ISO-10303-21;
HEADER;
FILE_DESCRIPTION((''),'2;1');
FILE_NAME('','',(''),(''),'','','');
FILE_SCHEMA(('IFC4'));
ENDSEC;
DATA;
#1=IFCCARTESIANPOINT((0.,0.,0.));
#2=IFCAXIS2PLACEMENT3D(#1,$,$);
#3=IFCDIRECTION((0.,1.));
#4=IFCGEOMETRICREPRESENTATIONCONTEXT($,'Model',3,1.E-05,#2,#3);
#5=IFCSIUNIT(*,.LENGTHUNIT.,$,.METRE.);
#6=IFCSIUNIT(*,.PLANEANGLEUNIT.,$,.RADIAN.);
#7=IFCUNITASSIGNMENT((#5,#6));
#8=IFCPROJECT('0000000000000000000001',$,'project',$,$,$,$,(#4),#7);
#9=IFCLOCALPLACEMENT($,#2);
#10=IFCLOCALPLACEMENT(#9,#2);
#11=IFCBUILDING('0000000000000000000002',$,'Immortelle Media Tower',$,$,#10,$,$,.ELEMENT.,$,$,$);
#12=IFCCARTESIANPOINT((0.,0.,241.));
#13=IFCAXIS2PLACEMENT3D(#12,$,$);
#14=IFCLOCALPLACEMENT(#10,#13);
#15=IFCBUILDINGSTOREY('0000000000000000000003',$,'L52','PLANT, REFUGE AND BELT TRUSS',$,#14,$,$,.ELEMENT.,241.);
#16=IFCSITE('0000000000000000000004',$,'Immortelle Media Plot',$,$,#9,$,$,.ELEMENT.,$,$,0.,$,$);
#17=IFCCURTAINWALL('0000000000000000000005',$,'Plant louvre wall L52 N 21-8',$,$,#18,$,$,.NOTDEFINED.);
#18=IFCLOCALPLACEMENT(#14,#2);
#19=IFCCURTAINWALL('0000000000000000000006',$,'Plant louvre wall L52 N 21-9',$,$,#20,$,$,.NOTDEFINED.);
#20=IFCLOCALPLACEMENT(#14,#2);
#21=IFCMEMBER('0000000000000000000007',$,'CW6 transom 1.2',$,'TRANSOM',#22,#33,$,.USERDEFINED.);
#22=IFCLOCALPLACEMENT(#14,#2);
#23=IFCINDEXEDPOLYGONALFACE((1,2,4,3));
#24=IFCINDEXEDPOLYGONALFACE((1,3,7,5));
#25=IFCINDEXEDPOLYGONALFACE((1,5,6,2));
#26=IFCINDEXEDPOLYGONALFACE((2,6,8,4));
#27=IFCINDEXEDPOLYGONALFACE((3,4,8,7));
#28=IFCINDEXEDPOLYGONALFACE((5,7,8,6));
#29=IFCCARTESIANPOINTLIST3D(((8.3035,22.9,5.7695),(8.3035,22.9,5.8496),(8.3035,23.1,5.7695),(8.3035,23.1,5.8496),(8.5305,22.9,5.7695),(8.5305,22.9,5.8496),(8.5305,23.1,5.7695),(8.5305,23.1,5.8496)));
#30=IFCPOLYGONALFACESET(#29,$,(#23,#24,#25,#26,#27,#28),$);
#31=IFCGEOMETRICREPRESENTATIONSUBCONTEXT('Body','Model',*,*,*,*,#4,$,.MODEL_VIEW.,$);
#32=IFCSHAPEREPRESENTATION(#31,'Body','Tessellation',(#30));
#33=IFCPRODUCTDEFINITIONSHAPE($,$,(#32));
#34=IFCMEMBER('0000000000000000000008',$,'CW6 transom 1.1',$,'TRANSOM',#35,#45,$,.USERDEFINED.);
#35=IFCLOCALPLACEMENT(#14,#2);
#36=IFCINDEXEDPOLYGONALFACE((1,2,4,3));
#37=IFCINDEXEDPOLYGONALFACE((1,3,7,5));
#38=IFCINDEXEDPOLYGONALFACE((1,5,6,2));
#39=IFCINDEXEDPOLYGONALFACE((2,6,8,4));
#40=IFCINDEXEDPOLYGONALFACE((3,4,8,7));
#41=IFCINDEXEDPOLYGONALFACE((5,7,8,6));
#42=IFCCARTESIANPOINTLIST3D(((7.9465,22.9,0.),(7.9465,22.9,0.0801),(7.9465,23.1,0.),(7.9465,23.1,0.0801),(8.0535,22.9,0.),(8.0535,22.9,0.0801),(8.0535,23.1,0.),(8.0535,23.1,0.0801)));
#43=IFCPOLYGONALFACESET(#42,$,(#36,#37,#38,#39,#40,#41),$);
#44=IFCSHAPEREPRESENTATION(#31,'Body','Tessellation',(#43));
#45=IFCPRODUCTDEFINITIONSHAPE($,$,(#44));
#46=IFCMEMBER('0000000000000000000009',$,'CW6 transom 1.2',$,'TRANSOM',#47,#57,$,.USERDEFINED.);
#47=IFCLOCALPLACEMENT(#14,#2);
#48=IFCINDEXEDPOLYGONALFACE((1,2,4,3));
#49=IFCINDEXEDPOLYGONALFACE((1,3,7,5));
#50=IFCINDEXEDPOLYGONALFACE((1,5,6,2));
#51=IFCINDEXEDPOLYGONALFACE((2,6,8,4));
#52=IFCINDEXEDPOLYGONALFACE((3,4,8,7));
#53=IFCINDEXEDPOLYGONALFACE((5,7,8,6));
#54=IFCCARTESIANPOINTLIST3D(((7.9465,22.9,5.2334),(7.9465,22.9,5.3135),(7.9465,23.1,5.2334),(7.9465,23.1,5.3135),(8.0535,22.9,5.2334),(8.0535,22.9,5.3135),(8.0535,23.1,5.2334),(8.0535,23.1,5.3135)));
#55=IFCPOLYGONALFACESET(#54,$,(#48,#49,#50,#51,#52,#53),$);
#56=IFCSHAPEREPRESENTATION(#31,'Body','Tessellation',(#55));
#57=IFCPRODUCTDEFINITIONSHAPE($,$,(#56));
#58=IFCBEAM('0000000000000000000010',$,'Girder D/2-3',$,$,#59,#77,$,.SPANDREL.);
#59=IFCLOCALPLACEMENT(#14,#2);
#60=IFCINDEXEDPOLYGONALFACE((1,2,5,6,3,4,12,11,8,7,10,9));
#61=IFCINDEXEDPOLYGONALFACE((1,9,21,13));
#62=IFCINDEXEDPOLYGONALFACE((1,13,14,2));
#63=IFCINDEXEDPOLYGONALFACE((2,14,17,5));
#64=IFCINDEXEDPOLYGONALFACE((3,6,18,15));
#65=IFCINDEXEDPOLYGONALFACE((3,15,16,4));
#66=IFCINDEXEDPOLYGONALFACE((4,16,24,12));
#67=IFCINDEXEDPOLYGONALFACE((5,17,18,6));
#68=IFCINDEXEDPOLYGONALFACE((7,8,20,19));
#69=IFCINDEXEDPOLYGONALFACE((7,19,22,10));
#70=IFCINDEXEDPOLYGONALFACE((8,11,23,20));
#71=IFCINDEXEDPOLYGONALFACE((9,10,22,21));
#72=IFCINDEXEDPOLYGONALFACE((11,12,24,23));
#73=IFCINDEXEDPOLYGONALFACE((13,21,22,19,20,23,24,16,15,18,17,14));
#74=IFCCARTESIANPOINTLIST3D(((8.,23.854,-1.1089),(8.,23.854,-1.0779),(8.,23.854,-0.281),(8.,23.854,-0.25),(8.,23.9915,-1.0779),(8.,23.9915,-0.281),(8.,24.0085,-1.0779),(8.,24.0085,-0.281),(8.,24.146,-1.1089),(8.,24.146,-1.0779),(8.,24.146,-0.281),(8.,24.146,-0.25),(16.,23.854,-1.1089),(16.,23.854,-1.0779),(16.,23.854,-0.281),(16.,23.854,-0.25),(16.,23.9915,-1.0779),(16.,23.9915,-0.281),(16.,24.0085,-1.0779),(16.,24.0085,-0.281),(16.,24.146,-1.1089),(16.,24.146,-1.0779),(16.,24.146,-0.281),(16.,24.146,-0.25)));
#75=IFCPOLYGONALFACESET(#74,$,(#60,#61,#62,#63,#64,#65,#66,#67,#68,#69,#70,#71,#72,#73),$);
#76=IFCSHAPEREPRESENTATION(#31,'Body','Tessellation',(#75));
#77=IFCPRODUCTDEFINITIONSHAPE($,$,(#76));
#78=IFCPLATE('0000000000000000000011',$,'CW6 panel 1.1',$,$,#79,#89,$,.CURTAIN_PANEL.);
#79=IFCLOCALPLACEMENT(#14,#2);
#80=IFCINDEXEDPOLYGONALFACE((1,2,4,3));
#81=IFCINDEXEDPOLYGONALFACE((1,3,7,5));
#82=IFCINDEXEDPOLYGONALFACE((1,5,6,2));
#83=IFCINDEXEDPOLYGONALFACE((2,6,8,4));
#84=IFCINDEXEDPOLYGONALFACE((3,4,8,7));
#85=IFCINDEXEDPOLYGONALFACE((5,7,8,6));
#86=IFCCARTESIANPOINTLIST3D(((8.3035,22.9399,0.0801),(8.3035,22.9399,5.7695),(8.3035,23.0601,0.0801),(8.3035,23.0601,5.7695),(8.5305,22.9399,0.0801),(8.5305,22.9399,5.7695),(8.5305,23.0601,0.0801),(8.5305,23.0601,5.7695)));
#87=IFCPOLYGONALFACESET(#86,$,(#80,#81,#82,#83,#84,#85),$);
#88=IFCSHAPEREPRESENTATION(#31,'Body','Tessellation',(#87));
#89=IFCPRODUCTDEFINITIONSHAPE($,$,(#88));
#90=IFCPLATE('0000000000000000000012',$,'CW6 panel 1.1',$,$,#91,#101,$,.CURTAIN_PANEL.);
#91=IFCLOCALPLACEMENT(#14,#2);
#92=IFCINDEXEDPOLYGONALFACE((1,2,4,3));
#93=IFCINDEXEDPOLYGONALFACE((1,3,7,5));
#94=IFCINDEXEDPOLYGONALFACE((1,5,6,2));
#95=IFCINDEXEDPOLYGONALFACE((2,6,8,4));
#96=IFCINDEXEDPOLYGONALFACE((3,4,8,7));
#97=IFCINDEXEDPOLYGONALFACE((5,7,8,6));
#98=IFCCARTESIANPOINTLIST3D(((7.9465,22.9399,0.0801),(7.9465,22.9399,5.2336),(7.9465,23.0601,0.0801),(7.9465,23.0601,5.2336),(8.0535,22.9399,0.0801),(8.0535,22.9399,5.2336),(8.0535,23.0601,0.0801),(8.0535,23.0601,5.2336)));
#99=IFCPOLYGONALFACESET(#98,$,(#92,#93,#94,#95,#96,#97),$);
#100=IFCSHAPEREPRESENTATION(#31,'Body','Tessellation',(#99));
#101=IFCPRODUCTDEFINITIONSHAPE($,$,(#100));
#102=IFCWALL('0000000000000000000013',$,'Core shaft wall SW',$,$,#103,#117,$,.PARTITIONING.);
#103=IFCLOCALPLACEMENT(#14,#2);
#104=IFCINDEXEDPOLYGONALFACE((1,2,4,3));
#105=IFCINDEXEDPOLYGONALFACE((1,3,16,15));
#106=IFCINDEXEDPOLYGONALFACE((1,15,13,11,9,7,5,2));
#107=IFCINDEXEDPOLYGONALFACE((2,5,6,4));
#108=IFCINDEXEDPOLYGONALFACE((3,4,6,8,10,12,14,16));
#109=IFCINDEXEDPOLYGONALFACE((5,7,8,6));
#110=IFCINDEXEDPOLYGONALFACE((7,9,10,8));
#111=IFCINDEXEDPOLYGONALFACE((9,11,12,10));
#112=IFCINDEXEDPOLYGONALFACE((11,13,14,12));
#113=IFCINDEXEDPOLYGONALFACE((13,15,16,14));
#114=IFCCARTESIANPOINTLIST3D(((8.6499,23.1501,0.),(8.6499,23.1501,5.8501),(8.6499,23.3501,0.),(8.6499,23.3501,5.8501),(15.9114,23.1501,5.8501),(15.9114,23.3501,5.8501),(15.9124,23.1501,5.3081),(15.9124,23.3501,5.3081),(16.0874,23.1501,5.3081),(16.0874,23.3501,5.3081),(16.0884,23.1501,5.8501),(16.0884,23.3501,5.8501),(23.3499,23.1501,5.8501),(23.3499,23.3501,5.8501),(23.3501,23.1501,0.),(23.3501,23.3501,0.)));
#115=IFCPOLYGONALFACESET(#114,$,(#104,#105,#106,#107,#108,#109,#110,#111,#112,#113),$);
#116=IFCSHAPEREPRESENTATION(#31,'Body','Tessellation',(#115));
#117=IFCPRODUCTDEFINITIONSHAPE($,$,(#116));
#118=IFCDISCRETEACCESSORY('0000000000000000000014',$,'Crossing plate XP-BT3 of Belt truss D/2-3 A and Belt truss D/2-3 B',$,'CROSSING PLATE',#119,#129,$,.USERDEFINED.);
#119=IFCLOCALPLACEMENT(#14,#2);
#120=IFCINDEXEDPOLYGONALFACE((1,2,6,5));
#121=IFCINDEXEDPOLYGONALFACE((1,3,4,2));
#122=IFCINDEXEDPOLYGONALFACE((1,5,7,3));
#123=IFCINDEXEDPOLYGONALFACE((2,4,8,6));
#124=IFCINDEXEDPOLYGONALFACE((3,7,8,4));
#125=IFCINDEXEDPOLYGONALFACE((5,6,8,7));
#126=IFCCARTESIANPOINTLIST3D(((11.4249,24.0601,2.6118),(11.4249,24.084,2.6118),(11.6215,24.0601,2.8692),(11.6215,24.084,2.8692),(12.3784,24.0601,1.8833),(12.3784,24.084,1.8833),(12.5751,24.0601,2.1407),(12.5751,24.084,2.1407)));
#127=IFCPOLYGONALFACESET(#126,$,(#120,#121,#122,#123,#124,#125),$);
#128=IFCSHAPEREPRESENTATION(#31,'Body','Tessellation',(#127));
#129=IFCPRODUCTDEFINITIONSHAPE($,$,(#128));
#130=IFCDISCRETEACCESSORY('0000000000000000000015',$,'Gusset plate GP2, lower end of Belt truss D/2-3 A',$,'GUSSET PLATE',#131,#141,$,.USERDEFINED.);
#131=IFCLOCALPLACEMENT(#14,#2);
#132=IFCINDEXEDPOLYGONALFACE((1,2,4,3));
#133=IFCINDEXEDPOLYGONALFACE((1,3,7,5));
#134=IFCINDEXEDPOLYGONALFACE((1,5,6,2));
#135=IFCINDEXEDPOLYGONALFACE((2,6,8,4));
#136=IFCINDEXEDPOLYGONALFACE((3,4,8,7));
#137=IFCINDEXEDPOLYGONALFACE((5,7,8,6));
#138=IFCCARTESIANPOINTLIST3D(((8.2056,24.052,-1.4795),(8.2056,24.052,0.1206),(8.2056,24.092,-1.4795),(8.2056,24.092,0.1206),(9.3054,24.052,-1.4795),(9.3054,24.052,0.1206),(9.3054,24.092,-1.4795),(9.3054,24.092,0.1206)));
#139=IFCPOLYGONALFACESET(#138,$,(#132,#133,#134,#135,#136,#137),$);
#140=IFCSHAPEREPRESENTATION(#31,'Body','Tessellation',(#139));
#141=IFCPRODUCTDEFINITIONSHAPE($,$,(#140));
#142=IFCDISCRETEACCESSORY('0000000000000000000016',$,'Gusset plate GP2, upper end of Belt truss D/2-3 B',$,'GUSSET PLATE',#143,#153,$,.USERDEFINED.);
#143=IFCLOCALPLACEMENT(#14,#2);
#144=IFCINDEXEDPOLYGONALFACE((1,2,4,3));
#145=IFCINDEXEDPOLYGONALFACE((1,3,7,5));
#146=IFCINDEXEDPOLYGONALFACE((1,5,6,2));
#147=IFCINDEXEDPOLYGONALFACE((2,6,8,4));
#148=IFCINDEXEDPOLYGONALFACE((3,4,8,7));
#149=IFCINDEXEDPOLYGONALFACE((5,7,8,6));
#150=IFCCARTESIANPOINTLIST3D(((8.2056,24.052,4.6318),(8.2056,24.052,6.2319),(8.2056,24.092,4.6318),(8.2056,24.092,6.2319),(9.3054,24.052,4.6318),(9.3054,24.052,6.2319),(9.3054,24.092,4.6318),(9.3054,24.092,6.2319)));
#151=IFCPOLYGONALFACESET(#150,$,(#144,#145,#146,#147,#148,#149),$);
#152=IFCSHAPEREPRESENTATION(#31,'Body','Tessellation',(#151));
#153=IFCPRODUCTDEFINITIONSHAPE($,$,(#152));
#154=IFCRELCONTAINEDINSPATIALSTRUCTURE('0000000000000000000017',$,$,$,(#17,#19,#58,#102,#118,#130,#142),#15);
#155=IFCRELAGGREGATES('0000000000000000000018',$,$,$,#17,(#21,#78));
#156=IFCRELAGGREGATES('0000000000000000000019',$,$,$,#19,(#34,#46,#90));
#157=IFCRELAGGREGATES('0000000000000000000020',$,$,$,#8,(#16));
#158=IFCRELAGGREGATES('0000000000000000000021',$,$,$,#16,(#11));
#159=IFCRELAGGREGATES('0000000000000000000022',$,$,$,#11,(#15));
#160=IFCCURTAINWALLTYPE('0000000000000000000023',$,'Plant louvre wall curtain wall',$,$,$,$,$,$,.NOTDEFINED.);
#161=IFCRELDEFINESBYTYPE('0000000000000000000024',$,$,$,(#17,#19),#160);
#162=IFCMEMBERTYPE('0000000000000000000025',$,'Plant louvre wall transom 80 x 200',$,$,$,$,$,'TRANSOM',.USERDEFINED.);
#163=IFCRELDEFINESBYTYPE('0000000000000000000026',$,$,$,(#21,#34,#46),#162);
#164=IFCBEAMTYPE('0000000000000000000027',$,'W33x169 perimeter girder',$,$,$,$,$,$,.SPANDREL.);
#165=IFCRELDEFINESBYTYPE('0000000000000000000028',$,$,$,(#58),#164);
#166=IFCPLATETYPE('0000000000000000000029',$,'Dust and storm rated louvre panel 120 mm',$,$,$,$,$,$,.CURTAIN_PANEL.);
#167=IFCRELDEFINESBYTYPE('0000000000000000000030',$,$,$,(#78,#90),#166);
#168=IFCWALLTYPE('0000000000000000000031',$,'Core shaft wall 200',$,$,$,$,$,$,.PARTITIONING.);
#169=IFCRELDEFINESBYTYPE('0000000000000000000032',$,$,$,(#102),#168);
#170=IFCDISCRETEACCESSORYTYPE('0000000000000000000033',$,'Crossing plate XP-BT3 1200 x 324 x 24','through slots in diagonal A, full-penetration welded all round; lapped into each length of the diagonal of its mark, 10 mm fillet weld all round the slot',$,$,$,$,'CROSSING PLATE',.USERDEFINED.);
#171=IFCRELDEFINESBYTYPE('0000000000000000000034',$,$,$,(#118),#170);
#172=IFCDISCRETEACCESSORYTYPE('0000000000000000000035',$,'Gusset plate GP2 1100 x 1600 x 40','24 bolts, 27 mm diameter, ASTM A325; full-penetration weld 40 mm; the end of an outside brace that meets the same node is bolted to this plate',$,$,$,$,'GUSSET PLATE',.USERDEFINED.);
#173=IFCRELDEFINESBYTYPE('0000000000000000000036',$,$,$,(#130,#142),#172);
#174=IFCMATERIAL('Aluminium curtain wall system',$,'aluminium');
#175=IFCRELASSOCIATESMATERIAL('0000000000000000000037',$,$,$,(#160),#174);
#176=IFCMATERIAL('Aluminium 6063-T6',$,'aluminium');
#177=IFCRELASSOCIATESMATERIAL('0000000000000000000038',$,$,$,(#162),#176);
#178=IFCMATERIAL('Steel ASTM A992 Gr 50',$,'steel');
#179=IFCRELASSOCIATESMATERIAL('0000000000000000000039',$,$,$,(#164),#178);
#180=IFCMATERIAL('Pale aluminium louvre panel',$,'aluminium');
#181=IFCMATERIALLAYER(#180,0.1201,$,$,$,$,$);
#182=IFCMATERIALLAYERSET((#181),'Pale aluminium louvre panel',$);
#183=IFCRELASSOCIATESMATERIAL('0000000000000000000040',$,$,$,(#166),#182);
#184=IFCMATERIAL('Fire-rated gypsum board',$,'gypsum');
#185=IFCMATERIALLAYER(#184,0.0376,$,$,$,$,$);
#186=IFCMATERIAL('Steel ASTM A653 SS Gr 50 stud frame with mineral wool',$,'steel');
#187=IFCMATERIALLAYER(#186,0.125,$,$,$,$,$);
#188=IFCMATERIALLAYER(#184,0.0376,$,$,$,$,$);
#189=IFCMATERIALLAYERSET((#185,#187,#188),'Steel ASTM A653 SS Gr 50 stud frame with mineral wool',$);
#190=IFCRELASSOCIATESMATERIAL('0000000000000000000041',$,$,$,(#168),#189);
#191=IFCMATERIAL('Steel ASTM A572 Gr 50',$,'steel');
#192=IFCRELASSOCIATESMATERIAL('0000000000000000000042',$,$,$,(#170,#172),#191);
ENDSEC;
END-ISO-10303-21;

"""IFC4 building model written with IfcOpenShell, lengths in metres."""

from ifc_helpers import new_model, si_unit, direction, frame, origin, origin_2d, place, context, subcontext, project, spatial, polyline, rectangle, i_section, outline, extrude, material, layer, layer_set, material_profile, profile_set, type_object, element, aggregate, save


model = new_model("IFC4")

# Units and contexts
model_context = context("Model", 3, precision=1e-05, world=origin(), true_north=direction((0.0, 1.0)))
body_context = subcontext(model_context, "Body", "Model", "MODEL_VIEW")
ifc_project = project(units=[si_unit("LENGTHUNIT", "METRE"), si_unit("PLANEANGLEUNIT", "RADIAN")], contexts=[model_context])

# Site, building, storey
site_placement = place(None, origin())
site = spatial("IfcSite", under=ifc_project, at=site_placement, Name="Immortelle Media Plot", CompositionType="ELEMENT", RefElevation=0.0)
building_placement = place(site_placement, origin())
building = spatial("IfcBuilding", under=site, at=building_placement, Name="Immortelle Media Tower", CompositionType="ELEMENT")
storey_placement = place(building_placement, frame((0.0, 0.0, 241.0)))
storey = spatial("IfcBuildingStorey", under=building, at=storey_placement, Name="L52", Description="PLANT, REFUGE AND BELT TRUSS", CompositionType="ELEMENT", Elevation=241.0)

# Shared definitions
ifc_material_1 = material(Name="Steel ASTM A992 Gr 50", Category="steel")

# Curtain wall
ifc_material_2 = material(Name="Aluminium curtain wall system", Category="aluminium")
curtain_wall_type = type_object("IfcCurtainWallType", Name="Plant louvre wall curtain wall", PredefinedType="NOTDEFINED", material=ifc_material_2)
curtain_wall_1_placement = place(storey_placement, origin())
curtain_wall_1 = element("IfcCurtainWall", 1, at=curtain_wall_1_placement, inside=storey, type_object=curtain_wall_type, Name="Plant louvre wall L52 N 21-8", PredefinedType="NOTDEFINED")
ifc_material_3 = material(Name="Aluminium 6063-T6", Category="aluminium")

# Curtain wall
curtain_wall_2_placement = place(storey_placement, origin())
curtain_wall_2 = element("IfcCurtainWall", 2, at=curtain_wall_2_placement, inside=storey, type_object=curtain_wall_type, Name="Plant louvre wall L52 N 21-9", PredefinedType="NOTDEFINED")

# Members
ifc_material_profile_1 = material_profile(ifc_material_3, rectangle(XDim=0.2, YDim=0.0801, at=origin_2d()), Name="AL 80x200")
ifc_profile_set_1 = profile_set([ifc_material_profile_1], Name="Aluminium 6063-T6")
member_type_1 = type_object("IfcMemberType", Name="Plant louvre wall transom 80 x 200", ElementType="TRANSOM", PredefinedType="USERDEFINED", material=ifc_profile_set_1)
member_1_placement = place(storey_placement, frame((8.5305, 23.0, 5.8096), z_axis=(-1.0, 0.0, 0.0), x_axis=(0.0, -1.0, 0.0)))
member_1 = element("IfcMember", 3, at=member_1_placement, type_object=member_type_1, Name="CW6 transom 1.2", ObjectType="TRANSOM", PredefinedType="USERDEFINED", context=body_context, shape_type="SweptSolid", body=[
    extrude(rectangle(XDim=0.2, YDim=0.0801, at=origin_2d()), origin(), (0.0, 0.0, 1.0), 0.2271),
])
member_2_placement = place(storey_placement, frame((8.0535, 23.0, 0.04), z_axis=(-1.0, 0.0, 0.0), x_axis=(0.0, -1.0, 0.0)))
member_2 = element("IfcMember", 4, at=member_2_placement, type_object=member_type_1, Name="CW6 transom 1.1", ObjectType="TRANSOM", PredefinedType="USERDEFINED", context=body_context, shape_type="SweptSolid", body=[
    extrude(rectangle(XDim=0.2, YDim=0.0801, at=origin_2d()), origin(), (0.0, 0.0, 1.0), 0.1069),
])
member_3_placement = place(storey_placement, frame((8.0535, 23.0, 5.2734), z_axis=(-1.0, 0.0, 0.0), x_axis=(0.0, -1.0, 0.0)))
member_3 = element("IfcMember", 5, at=member_3_placement, type_object=member_type_1, Name="CW6 transom 1.2", ObjectType="TRANSOM", PredefinedType="USERDEFINED", context=body_context, shape_type="SweptSolid", body=[
    extrude(rectangle(XDim=0.2, YDim=0.0801, at=origin_2d()), origin(), (0.0, 0.0, 1.0), 0.1069),
])

# Beam
ifc_material_profile_2 = material_profile(ifc_material_1, i_section(OverallWidth=0.292, OverallDepth=0.8589, WebThickness=0.0171, FlangeThickness=0.031, at=origin_2d()), Name="W33x169")
ifc_profile_set_2 = profile_set([ifc_material_profile_2], Name="Steel ASTM A992 Gr 50")
beam_type = type_object("IfcBeamType", Name="W33x169 perimeter girder", PredefinedType="SPANDREL", material=ifc_profile_set_2)
beam_placement = place(storey_placement, frame((8.0, 24.0, -0.6794), z_axis=(1.0, 0.0, 0.0), x_axis=(0.0, 1.0, 0.0)))
element("IfcBeam", 6, at=beam_placement, inside=storey, type_object=beam_type, Name="Girder D/2-3", PredefinedType="SPANDREL", context=body_context, shape_type="SweptSolid", body=[
    extrude(i_section(OverallWidth=0.292, OverallDepth=0.8589, WebThickness=0.0171, FlangeThickness=0.031, at=origin_2d()), origin(), (0.0, 0.0, 1.0), 8.0),
])

# Plates
ifc_material_4 = material(Name="Pale aluminium louvre panel", Category="aluminium")
ifc_layer_1 = layer(ifc_material_4, 0.1201)
ifc_layer_set_1 = layer_set([ifc_layer_1], Name="Pale aluminium louvre panel")
plate_type = type_object("IfcPlateType", Name="Dust and storm rated louvre panel 120 mm", PredefinedType="CURTAIN_PANEL", material=ifc_layer_set_1)
plate_1_placement = place(storey_placement, frame((8.417, 23.0, 0.0801), z_axis=(0.0, 0.0, 1.0), x_axis=(-1.0, 0.0, 0.0)))
plate_1 = element("IfcPlate", 7, at=plate_1_placement, type_object=plate_type, Name="CW6 panel 1.1", PredefinedType="CURTAIN_PANEL", context=body_context, shape_type="SweptSolid", body=[
    extrude(rectangle(XDim=0.2271, YDim=0.1201, at=origin_2d()), origin(), (0.0, 0.0, 1.0), 5.6895),
])
aggregate(curtain_wall_1, [member_1, plate_1])
plate_2_placement = place(storey_placement, frame((8.0, 23.0, 0.0801), z_axis=(0.0, 0.0, 1.0), x_axis=(-1.0, 0.0, 0.0)))
plate_2 = element("IfcPlate", 8, at=plate_2_placement, type_object=plate_type, Name="CW6 panel 1.1", PredefinedType="CURTAIN_PANEL", context=body_context, shape_type="SweptSolid", body=[
    extrude(rectangle(XDim=0.1069, YDim=0.1201, at=origin_2d()), origin(), (0.0, 0.0, 1.0), 5.1536),
])
aggregate(curtain_wall_2, [member_2, member_3, plate_2])

# Wall
ifc_material_5 = material(Name="Fire-rated gypsum board", Category="gypsum")
ifc_layer_2 = layer(ifc_material_5, 0.0376)
ifc_material_6 = material(Name="Steel ASTM A653 SS Gr 50 stud frame with mineral wool", Category="steel")
ifc_layer_3 = layer(ifc_material_6, 0.125)
ifc_layer_4 = layer(ifc_material_5, 0.0376)
ifc_layer_set_2 = layer_set([ifc_layer_2, ifc_layer_3, ifc_layer_4], Name="Steel ASTM A653 SS Gr 50 stud frame with mineral wool")
wall_type = type_object("IfcWallType", Name="Core shaft wall 200", PredefinedType="PARTITIONING", material=ifc_layer_set_2)
wall_placement = place(storey_placement, frame((8.6499, 23.25, 0.0), z_axis=(0.0, 0.0, 1.0), x_axis=(1.0, 0.0, 0.0)))
element("IfcWall", 9, at=wall_placement, inside=storey, type_object=wall_type, Name="Core shaft wall SW", PredefinedType="PARTITIONING", context=body_context, shape_type="SweptSolid", body=[
    extrude(outline(polyline([(0.0, 0.0), (14.7002, 0.0), (14.7, 5.8501), (7.4385, 5.8501), (7.4375, 5.3081), (7.2625, 5.3081), (7.2615, 5.8501), (0.0, 5.8501), (0.0, 0.0)])), frame((0.0, 0.1001, 0.0), z_axis=(0.0, -1.0, 0.0), x_axis=(1.0, 0.0, 0.0)), (0.0, 0.0, 1.0), 0.2),
])

# Discrete accessories
ifc_material_7 = material(Name="Steel ASTM A572 Gr 50", Category="steel")
ifc_material_profile_3 = material_profile(ifc_material_7, rectangle(XDim=0.0239, YDim=0.324, at=origin_2d()), Name="PL 24 x 324")
ifc_profile_set_3 = profile_set([ifc_material_profile_3], Name="Steel ASTM A572 Gr 50")
discrete_accessory_type_1 = type_object("IfcDiscreteAccessoryType", Name="Crossing plate XP-BT3 1200 x 324 x 24", Description="through slots in diagonal A, full-penetration welded all round; lapped into each length of the diagonal of its mark, 10 mm fillet weld all round the slot", ElementType="CROSSING PLATE", PredefinedType="USERDEFINED", material=ifc_profile_set_3)
discrete_accessory_placement = place(storey_placement, frame((11.5232, 24.072, 2.7405), z_axis=(0.794646, 0.0, -0.607072), x_axis=(0.0, 1.0, 0.0)))
element("IfcDiscreteAccessory", 10, at=discrete_accessory_placement, inside=storey, type_object=discrete_accessory_type_1, Name="Crossing plate XP-BT3 of Belt truss D/2-3 A and Belt truss D/2-3 B", ObjectType="CROSSING PLATE", PredefinedType="USERDEFINED", context=body_context, shape_type="SweptSolid", body=[
    extrude(rectangle(XDim=0.0239, YDim=0.324, at=origin_2d()), origin(), (0.0, 0.0, 1.0), 1.2),
])
ifc_material_profile_4 = material_profile(ifc_material_7, rectangle(XDim=0.04, YDim=1.6001, at=origin_2d()), Name="PL 40 x 1600")
ifc_profile_set_4 = profile_set([ifc_material_profile_4], Name="Steel ASTM A572 Gr 50")
discrete_accessory_type_2 = type_object("IfcDiscreteAccessoryType", Name="Gusset plate GP2 1100 x 1600 x 40", Description="24 bolts, 27 mm diameter, ASTM A325; full-penetration weld 40 mm; the end of an outside brace that meets the same node is bolted to this plate", ElementType="GUSSET PLATE", PredefinedType="USERDEFINED", material=ifc_profile_set_4)
for number, where, z_axis, x_axis, name in (
    (11, (8.2056, 24.072, -0.6794), (1.0, 0.0, 0.0), (0.0, 1.0, 0.0), "Gusset plate GP2, lower end of Belt truss D/2-3 A"),
    (12, (8.2056, 24.072, 5.4319), (1.0, 0.0, 0.0), (0.0, 1.0, 0.0), "Gusset plate GP2, upper end of Belt truss D/2-3 B"),
):
    element("IfcDiscreteAccessory", number, at=place(storey_placement, frame(where, z_axis=z_axis, x_axis=x_axis)), inside=storey, type_object=discrete_accessory_type_2, Name=name, ObjectType="GUSSET PLATE", PredefinedType="USERDEFINED", context=body_context, shape_type="SweptSolid", body=[
        extrude(rectangle(XDim=0.04, YDim=1.6001, at=origin_2d()), origin(), (0.0, 0.0, 1.0), 1.0999),
    ])

save(model, "model.ifc")
